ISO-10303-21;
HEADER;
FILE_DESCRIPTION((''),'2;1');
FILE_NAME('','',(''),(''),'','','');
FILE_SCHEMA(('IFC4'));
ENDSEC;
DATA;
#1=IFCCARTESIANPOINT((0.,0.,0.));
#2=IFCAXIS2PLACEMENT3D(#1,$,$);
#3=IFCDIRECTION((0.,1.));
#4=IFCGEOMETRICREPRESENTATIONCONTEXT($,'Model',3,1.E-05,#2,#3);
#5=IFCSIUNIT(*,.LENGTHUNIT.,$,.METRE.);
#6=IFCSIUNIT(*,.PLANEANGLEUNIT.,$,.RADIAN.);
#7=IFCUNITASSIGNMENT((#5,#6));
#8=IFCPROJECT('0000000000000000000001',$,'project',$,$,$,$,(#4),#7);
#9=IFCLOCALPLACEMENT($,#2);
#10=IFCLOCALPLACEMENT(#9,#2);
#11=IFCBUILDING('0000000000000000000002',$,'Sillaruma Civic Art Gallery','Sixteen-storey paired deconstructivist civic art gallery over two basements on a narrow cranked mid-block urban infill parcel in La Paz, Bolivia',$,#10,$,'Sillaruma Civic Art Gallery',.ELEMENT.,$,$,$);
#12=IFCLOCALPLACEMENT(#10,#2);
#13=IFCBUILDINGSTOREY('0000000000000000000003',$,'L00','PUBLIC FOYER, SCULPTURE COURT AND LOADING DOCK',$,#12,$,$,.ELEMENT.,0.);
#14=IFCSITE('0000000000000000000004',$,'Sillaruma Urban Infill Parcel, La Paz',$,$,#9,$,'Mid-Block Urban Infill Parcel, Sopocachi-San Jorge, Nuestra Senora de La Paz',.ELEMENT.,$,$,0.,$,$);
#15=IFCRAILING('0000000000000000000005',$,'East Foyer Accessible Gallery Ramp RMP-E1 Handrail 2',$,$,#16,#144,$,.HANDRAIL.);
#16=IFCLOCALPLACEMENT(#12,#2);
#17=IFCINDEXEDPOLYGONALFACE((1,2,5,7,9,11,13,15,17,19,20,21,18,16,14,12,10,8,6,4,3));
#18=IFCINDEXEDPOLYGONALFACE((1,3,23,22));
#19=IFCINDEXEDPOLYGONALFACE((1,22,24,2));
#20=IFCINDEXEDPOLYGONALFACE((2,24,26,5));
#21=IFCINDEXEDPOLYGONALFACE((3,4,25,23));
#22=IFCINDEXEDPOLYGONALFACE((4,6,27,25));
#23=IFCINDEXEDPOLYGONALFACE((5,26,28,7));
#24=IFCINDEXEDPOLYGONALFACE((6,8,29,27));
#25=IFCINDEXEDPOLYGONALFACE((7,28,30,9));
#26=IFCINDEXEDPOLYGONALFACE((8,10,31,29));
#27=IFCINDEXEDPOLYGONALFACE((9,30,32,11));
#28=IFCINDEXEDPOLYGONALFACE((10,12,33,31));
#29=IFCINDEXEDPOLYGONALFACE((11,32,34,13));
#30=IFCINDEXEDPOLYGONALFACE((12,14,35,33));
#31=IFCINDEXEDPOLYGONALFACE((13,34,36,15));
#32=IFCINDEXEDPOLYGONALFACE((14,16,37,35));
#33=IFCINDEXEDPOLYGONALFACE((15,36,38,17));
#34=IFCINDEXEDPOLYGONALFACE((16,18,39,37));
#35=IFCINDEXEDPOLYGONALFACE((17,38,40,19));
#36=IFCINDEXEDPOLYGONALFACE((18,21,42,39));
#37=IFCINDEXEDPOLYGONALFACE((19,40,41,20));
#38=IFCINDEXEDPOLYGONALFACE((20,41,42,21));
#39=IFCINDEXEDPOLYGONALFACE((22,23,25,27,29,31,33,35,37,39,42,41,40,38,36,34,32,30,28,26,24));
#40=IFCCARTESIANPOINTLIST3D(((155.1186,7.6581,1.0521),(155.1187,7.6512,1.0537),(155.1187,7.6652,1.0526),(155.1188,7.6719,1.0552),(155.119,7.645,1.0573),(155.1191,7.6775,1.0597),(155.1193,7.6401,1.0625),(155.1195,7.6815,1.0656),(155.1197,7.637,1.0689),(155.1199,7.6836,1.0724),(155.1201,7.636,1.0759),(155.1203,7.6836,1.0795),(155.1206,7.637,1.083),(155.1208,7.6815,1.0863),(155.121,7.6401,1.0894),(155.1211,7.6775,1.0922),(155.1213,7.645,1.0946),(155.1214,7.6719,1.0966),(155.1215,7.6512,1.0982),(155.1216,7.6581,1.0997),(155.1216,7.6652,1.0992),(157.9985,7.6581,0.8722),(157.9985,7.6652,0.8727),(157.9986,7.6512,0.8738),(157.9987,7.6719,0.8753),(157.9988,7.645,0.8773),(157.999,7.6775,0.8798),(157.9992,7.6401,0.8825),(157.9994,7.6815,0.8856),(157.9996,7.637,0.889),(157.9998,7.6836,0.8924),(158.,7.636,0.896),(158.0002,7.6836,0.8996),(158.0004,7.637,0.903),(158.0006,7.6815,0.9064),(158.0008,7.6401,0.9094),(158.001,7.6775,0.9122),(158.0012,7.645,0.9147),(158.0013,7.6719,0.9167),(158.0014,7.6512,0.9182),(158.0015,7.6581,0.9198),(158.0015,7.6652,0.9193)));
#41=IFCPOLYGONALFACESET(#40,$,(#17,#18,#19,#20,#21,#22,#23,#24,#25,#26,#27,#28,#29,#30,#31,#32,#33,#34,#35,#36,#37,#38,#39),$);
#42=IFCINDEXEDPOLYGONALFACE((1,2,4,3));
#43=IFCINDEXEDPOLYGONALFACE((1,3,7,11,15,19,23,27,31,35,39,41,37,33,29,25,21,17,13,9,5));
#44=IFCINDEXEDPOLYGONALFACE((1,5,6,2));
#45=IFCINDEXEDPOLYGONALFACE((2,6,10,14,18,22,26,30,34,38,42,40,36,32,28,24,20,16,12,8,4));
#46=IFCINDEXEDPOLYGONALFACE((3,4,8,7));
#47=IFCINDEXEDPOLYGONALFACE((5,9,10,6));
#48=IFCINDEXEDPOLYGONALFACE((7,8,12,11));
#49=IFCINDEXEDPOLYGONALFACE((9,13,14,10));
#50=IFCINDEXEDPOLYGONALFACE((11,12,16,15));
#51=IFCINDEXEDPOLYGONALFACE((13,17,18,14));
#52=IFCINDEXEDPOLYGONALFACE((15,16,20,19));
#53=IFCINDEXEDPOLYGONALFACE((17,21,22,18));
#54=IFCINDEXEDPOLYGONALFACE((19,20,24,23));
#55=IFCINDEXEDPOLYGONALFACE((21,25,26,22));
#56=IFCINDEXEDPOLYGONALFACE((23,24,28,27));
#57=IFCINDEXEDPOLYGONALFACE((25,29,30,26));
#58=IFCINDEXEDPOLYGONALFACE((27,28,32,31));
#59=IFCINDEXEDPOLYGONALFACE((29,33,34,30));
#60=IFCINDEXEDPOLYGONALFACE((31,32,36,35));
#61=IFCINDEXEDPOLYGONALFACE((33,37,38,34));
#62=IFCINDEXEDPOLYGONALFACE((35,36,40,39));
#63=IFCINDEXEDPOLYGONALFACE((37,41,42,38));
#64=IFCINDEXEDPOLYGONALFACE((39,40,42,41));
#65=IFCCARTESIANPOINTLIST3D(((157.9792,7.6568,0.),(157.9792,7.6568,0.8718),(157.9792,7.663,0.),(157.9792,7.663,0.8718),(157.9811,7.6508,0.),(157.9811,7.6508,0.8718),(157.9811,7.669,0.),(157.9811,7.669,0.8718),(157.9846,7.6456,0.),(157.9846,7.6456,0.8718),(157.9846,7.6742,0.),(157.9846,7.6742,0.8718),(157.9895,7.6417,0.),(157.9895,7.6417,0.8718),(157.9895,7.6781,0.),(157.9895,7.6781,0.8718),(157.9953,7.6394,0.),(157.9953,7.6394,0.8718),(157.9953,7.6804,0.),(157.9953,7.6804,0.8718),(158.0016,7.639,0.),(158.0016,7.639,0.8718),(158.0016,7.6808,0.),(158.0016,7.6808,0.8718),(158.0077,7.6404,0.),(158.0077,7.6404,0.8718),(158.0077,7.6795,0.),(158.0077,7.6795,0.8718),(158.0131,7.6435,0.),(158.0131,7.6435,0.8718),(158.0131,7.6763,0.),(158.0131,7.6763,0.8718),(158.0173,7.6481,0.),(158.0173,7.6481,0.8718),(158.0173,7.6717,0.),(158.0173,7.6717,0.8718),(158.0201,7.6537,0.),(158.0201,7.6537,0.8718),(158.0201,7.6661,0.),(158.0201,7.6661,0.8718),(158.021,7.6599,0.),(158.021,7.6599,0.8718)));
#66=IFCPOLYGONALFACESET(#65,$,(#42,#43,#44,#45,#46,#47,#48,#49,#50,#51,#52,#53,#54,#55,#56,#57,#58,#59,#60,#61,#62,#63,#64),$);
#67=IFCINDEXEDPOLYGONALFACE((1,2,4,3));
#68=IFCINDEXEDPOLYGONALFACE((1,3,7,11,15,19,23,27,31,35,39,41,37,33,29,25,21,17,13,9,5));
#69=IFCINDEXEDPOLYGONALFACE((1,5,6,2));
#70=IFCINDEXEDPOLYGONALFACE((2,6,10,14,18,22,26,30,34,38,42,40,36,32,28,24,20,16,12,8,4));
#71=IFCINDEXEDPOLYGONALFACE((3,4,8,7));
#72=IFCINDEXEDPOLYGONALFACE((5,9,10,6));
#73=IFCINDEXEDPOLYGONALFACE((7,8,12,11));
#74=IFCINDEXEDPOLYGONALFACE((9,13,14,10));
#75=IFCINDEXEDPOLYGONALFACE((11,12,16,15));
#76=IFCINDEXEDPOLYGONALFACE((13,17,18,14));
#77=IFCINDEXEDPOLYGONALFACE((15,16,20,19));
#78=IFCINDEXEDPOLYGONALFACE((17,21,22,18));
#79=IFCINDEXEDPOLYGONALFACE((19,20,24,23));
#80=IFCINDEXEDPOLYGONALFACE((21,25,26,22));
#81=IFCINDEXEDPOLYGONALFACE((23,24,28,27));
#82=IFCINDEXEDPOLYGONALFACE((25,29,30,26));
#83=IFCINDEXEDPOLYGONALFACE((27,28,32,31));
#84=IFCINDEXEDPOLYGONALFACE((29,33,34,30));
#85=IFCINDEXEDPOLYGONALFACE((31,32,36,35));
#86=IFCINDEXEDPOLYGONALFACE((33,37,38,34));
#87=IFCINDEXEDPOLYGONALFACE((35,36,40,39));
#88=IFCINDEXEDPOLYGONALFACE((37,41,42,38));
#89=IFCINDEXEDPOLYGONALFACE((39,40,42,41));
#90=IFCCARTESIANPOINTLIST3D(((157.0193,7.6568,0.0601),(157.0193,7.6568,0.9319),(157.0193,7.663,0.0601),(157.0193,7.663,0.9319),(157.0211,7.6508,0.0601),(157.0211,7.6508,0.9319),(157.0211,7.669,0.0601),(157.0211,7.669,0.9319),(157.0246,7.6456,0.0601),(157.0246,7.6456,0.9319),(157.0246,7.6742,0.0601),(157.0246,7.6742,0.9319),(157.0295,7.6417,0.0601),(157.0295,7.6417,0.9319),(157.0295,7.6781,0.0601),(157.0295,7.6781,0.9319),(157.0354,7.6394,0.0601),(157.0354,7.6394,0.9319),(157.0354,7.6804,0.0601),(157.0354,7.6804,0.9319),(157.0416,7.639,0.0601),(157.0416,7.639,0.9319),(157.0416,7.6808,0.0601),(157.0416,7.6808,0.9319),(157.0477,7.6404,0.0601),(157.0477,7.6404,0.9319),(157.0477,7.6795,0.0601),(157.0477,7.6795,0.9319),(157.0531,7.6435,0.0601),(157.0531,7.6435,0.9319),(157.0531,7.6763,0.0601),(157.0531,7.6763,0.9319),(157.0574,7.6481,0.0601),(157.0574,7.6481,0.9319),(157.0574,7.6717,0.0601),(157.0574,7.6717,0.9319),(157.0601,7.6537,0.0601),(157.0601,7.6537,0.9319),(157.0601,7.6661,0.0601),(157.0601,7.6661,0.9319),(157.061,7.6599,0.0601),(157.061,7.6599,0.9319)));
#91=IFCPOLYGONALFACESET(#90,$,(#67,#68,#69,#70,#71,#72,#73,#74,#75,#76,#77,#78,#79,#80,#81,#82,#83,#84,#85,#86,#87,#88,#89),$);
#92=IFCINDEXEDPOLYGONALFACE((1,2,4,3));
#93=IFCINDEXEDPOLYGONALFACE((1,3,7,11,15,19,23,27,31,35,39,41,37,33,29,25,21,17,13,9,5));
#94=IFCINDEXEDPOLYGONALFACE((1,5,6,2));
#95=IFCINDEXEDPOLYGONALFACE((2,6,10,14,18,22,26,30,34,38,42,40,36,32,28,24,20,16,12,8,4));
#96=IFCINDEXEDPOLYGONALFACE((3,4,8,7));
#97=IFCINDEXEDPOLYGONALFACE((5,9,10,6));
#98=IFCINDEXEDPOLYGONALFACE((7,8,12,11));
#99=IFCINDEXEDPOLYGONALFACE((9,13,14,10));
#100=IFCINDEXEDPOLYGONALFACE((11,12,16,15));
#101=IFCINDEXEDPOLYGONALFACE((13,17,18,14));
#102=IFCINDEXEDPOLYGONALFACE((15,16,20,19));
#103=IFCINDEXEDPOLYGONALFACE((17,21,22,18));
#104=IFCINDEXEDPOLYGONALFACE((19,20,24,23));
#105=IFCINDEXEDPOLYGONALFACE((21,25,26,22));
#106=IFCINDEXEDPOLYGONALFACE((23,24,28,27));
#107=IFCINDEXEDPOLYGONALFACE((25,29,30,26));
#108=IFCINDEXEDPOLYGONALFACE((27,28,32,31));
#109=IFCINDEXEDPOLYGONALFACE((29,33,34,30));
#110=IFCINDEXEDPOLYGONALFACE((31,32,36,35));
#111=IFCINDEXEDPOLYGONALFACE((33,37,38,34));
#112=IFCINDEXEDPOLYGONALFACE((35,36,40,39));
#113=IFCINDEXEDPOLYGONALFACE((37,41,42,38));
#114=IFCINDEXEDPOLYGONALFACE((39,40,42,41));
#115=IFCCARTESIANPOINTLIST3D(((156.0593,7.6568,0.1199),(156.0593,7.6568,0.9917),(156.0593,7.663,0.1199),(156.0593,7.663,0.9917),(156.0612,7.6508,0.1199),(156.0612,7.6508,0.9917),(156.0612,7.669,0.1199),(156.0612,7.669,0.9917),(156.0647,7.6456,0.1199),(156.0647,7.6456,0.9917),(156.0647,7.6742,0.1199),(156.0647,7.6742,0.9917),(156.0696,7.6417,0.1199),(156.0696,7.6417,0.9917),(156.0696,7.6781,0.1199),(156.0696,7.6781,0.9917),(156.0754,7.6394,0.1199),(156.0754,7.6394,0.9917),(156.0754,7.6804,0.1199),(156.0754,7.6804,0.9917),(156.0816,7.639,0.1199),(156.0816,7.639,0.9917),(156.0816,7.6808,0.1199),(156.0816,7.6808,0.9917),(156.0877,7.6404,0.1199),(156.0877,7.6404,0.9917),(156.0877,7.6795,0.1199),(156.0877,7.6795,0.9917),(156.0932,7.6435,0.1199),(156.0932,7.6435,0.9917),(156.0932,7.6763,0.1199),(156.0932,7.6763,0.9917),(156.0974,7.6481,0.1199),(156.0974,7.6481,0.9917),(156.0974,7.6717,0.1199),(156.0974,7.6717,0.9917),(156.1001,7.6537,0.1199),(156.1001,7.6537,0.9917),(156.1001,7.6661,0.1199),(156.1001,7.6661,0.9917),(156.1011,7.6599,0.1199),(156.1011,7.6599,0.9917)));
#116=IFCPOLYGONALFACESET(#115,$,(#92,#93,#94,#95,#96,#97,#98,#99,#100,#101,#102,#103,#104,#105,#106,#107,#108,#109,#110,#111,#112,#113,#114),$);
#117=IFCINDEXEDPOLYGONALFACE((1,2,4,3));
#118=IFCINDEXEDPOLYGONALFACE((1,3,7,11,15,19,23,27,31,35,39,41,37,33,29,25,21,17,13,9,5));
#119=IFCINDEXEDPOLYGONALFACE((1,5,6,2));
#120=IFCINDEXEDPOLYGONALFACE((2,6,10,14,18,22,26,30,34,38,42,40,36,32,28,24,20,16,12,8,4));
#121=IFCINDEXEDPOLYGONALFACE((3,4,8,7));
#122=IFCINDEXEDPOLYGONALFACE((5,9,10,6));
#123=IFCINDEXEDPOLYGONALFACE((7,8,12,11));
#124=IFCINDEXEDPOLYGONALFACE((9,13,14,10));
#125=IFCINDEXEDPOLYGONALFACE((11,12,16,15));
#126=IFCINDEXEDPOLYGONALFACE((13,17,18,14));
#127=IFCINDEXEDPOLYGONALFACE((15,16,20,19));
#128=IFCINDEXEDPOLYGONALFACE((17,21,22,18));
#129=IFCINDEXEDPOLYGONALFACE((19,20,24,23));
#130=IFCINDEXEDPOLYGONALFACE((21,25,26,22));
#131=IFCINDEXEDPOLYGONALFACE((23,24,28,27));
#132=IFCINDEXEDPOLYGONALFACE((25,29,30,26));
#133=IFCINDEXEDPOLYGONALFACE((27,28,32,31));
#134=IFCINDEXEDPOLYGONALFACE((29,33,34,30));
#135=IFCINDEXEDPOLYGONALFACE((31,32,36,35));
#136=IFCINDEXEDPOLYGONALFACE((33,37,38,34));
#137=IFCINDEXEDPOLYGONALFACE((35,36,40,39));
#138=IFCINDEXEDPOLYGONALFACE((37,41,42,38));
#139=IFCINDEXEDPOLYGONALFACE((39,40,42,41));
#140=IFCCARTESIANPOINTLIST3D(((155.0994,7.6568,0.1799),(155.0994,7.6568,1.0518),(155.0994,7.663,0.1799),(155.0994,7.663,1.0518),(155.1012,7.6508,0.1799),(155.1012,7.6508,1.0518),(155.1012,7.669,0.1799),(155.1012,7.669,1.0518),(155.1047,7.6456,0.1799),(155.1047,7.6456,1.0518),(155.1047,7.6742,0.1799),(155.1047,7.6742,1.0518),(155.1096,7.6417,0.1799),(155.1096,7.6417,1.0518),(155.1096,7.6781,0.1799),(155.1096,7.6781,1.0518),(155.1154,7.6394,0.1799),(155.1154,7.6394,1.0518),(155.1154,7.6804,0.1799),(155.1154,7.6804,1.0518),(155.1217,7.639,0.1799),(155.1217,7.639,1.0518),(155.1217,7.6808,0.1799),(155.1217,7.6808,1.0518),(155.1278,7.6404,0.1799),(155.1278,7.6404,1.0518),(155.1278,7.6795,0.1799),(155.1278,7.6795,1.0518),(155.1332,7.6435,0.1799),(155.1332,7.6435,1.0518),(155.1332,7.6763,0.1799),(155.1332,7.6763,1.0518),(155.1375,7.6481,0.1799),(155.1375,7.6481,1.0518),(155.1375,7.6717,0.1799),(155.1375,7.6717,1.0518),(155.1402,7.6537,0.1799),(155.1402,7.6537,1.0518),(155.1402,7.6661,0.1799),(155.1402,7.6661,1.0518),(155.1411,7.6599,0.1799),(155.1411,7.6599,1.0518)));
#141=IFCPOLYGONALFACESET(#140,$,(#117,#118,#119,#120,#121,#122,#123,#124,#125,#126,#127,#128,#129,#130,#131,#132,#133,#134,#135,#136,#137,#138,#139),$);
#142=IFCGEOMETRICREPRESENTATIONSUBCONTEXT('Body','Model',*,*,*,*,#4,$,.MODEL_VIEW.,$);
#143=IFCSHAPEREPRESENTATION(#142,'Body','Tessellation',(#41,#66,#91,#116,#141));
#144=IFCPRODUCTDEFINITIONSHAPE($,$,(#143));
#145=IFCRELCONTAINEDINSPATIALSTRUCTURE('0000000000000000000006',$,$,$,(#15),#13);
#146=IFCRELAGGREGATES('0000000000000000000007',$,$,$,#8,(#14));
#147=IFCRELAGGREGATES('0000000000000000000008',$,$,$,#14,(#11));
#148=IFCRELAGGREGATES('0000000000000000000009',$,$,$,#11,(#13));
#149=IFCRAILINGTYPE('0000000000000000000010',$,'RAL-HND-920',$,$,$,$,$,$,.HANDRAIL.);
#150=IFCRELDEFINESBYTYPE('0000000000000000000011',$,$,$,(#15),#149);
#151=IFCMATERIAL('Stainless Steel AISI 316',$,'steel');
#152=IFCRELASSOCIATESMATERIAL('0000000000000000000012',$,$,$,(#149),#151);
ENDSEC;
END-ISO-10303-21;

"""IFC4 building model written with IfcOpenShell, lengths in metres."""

from ifc_helpers import new_model, si_unit, direction, frame, origin, origin_2d, place, context, subcontext, project, spatial, circle, extrude, material, type_object, element, save


model = new_model("IFC4")

# Units and contexts
model_context = context("Model", 3, precision=1e-05, world=origin(), true_north=direction((0.0, 1.0)))
body_context = subcontext(model_context, "Body", "Model", "MODEL_VIEW")
ifc_project = project(units=[si_unit("LENGTHUNIT", "METRE"), si_unit("PLANEANGLEUNIT", "RADIAN")], contexts=[model_context])

# Site, building, storey
site_placement = place(None, origin())
site = spatial("IfcSite", under=ifc_project, at=site_placement, Name="Sillaruma Urban Infill Parcel, La Paz", LongName="Mid-Block Urban Infill Parcel, Sopocachi-San Jorge, Nuestra Senora de La Paz", CompositionType="ELEMENT", RefElevation=0.0)
building_placement = place(site_placement, origin())
building = spatial("IfcBuilding", under=site, at=building_placement, Name="Sillaruma Civic Art Gallery", Description="Sixteen-storey paired deconstructivist civic art gallery over two basements on a narrow cranked mid-block urban infill parcel in La Paz, Bolivia", LongName="Sillaruma Civic Art Gallery", CompositionType="ELEMENT")
storey_placement = place(building_placement, origin())
storey = spatial("IfcBuildingStorey", under=building, at=storey_placement, Name="L00", Description="PUBLIC FOYER, SCULPTURE COURT AND LOADING DOCK", CompositionType="ELEMENT", Elevation=0.0)

# Railing
ifc_material_1 = material(Name="Stainless Steel AISI 316", Category="steel")
railing_type = type_object("IfcRailingType", Name="RAL-HND-920", PredefinedType="HANDRAIL", material=ifc_material_1)
for number, where, name in (
    (1, (158.0, 7.6599, 0.0), "East Foyer Accessible Gallery Ramp RMP-E1 Handrail 2"),
):
    element("IfcRailing", number, at=place(storey_placement, frame(where)), inside=storey, type_object=railing_type, Name=name, PredefinedType="HANDRAIL", context=body_context, shape_type="SweptSolid", body=[
        extrude(circle(Radius=0.0239, at=origin_2d()), frame((0.0, 0.0, 0.896), z_axis=(-0.998054, 0.0, 0.062357), x_axis=(0.0, -1.0, 0.0)), (0.0, 0.0, 1.0), 2.8855),
        extrude(circle(Radius=0.021, at=origin_2d()), origin(), (0.0, 0.0, 1.0), 0.8718),
        extrude(circle(Radius=0.021, at=origin_2d()), frame((-0.96, 0.0, 0.0601)), (0.0, 0.0, 1.0), 0.8718),
        extrude(circle(Radius=0.021, at=origin_2d()), frame((-1.9199, 0.0, 0.1199)), (0.0, 0.0, 1.0), 0.8718),
        extrude(circle(Radius=0.021, at=origin_2d()), frame((-2.8799, 0.0, 0.1799)), (0.0, 0.0, 1.0), 0.8718),
    ])

save(model, "model.ifc")
